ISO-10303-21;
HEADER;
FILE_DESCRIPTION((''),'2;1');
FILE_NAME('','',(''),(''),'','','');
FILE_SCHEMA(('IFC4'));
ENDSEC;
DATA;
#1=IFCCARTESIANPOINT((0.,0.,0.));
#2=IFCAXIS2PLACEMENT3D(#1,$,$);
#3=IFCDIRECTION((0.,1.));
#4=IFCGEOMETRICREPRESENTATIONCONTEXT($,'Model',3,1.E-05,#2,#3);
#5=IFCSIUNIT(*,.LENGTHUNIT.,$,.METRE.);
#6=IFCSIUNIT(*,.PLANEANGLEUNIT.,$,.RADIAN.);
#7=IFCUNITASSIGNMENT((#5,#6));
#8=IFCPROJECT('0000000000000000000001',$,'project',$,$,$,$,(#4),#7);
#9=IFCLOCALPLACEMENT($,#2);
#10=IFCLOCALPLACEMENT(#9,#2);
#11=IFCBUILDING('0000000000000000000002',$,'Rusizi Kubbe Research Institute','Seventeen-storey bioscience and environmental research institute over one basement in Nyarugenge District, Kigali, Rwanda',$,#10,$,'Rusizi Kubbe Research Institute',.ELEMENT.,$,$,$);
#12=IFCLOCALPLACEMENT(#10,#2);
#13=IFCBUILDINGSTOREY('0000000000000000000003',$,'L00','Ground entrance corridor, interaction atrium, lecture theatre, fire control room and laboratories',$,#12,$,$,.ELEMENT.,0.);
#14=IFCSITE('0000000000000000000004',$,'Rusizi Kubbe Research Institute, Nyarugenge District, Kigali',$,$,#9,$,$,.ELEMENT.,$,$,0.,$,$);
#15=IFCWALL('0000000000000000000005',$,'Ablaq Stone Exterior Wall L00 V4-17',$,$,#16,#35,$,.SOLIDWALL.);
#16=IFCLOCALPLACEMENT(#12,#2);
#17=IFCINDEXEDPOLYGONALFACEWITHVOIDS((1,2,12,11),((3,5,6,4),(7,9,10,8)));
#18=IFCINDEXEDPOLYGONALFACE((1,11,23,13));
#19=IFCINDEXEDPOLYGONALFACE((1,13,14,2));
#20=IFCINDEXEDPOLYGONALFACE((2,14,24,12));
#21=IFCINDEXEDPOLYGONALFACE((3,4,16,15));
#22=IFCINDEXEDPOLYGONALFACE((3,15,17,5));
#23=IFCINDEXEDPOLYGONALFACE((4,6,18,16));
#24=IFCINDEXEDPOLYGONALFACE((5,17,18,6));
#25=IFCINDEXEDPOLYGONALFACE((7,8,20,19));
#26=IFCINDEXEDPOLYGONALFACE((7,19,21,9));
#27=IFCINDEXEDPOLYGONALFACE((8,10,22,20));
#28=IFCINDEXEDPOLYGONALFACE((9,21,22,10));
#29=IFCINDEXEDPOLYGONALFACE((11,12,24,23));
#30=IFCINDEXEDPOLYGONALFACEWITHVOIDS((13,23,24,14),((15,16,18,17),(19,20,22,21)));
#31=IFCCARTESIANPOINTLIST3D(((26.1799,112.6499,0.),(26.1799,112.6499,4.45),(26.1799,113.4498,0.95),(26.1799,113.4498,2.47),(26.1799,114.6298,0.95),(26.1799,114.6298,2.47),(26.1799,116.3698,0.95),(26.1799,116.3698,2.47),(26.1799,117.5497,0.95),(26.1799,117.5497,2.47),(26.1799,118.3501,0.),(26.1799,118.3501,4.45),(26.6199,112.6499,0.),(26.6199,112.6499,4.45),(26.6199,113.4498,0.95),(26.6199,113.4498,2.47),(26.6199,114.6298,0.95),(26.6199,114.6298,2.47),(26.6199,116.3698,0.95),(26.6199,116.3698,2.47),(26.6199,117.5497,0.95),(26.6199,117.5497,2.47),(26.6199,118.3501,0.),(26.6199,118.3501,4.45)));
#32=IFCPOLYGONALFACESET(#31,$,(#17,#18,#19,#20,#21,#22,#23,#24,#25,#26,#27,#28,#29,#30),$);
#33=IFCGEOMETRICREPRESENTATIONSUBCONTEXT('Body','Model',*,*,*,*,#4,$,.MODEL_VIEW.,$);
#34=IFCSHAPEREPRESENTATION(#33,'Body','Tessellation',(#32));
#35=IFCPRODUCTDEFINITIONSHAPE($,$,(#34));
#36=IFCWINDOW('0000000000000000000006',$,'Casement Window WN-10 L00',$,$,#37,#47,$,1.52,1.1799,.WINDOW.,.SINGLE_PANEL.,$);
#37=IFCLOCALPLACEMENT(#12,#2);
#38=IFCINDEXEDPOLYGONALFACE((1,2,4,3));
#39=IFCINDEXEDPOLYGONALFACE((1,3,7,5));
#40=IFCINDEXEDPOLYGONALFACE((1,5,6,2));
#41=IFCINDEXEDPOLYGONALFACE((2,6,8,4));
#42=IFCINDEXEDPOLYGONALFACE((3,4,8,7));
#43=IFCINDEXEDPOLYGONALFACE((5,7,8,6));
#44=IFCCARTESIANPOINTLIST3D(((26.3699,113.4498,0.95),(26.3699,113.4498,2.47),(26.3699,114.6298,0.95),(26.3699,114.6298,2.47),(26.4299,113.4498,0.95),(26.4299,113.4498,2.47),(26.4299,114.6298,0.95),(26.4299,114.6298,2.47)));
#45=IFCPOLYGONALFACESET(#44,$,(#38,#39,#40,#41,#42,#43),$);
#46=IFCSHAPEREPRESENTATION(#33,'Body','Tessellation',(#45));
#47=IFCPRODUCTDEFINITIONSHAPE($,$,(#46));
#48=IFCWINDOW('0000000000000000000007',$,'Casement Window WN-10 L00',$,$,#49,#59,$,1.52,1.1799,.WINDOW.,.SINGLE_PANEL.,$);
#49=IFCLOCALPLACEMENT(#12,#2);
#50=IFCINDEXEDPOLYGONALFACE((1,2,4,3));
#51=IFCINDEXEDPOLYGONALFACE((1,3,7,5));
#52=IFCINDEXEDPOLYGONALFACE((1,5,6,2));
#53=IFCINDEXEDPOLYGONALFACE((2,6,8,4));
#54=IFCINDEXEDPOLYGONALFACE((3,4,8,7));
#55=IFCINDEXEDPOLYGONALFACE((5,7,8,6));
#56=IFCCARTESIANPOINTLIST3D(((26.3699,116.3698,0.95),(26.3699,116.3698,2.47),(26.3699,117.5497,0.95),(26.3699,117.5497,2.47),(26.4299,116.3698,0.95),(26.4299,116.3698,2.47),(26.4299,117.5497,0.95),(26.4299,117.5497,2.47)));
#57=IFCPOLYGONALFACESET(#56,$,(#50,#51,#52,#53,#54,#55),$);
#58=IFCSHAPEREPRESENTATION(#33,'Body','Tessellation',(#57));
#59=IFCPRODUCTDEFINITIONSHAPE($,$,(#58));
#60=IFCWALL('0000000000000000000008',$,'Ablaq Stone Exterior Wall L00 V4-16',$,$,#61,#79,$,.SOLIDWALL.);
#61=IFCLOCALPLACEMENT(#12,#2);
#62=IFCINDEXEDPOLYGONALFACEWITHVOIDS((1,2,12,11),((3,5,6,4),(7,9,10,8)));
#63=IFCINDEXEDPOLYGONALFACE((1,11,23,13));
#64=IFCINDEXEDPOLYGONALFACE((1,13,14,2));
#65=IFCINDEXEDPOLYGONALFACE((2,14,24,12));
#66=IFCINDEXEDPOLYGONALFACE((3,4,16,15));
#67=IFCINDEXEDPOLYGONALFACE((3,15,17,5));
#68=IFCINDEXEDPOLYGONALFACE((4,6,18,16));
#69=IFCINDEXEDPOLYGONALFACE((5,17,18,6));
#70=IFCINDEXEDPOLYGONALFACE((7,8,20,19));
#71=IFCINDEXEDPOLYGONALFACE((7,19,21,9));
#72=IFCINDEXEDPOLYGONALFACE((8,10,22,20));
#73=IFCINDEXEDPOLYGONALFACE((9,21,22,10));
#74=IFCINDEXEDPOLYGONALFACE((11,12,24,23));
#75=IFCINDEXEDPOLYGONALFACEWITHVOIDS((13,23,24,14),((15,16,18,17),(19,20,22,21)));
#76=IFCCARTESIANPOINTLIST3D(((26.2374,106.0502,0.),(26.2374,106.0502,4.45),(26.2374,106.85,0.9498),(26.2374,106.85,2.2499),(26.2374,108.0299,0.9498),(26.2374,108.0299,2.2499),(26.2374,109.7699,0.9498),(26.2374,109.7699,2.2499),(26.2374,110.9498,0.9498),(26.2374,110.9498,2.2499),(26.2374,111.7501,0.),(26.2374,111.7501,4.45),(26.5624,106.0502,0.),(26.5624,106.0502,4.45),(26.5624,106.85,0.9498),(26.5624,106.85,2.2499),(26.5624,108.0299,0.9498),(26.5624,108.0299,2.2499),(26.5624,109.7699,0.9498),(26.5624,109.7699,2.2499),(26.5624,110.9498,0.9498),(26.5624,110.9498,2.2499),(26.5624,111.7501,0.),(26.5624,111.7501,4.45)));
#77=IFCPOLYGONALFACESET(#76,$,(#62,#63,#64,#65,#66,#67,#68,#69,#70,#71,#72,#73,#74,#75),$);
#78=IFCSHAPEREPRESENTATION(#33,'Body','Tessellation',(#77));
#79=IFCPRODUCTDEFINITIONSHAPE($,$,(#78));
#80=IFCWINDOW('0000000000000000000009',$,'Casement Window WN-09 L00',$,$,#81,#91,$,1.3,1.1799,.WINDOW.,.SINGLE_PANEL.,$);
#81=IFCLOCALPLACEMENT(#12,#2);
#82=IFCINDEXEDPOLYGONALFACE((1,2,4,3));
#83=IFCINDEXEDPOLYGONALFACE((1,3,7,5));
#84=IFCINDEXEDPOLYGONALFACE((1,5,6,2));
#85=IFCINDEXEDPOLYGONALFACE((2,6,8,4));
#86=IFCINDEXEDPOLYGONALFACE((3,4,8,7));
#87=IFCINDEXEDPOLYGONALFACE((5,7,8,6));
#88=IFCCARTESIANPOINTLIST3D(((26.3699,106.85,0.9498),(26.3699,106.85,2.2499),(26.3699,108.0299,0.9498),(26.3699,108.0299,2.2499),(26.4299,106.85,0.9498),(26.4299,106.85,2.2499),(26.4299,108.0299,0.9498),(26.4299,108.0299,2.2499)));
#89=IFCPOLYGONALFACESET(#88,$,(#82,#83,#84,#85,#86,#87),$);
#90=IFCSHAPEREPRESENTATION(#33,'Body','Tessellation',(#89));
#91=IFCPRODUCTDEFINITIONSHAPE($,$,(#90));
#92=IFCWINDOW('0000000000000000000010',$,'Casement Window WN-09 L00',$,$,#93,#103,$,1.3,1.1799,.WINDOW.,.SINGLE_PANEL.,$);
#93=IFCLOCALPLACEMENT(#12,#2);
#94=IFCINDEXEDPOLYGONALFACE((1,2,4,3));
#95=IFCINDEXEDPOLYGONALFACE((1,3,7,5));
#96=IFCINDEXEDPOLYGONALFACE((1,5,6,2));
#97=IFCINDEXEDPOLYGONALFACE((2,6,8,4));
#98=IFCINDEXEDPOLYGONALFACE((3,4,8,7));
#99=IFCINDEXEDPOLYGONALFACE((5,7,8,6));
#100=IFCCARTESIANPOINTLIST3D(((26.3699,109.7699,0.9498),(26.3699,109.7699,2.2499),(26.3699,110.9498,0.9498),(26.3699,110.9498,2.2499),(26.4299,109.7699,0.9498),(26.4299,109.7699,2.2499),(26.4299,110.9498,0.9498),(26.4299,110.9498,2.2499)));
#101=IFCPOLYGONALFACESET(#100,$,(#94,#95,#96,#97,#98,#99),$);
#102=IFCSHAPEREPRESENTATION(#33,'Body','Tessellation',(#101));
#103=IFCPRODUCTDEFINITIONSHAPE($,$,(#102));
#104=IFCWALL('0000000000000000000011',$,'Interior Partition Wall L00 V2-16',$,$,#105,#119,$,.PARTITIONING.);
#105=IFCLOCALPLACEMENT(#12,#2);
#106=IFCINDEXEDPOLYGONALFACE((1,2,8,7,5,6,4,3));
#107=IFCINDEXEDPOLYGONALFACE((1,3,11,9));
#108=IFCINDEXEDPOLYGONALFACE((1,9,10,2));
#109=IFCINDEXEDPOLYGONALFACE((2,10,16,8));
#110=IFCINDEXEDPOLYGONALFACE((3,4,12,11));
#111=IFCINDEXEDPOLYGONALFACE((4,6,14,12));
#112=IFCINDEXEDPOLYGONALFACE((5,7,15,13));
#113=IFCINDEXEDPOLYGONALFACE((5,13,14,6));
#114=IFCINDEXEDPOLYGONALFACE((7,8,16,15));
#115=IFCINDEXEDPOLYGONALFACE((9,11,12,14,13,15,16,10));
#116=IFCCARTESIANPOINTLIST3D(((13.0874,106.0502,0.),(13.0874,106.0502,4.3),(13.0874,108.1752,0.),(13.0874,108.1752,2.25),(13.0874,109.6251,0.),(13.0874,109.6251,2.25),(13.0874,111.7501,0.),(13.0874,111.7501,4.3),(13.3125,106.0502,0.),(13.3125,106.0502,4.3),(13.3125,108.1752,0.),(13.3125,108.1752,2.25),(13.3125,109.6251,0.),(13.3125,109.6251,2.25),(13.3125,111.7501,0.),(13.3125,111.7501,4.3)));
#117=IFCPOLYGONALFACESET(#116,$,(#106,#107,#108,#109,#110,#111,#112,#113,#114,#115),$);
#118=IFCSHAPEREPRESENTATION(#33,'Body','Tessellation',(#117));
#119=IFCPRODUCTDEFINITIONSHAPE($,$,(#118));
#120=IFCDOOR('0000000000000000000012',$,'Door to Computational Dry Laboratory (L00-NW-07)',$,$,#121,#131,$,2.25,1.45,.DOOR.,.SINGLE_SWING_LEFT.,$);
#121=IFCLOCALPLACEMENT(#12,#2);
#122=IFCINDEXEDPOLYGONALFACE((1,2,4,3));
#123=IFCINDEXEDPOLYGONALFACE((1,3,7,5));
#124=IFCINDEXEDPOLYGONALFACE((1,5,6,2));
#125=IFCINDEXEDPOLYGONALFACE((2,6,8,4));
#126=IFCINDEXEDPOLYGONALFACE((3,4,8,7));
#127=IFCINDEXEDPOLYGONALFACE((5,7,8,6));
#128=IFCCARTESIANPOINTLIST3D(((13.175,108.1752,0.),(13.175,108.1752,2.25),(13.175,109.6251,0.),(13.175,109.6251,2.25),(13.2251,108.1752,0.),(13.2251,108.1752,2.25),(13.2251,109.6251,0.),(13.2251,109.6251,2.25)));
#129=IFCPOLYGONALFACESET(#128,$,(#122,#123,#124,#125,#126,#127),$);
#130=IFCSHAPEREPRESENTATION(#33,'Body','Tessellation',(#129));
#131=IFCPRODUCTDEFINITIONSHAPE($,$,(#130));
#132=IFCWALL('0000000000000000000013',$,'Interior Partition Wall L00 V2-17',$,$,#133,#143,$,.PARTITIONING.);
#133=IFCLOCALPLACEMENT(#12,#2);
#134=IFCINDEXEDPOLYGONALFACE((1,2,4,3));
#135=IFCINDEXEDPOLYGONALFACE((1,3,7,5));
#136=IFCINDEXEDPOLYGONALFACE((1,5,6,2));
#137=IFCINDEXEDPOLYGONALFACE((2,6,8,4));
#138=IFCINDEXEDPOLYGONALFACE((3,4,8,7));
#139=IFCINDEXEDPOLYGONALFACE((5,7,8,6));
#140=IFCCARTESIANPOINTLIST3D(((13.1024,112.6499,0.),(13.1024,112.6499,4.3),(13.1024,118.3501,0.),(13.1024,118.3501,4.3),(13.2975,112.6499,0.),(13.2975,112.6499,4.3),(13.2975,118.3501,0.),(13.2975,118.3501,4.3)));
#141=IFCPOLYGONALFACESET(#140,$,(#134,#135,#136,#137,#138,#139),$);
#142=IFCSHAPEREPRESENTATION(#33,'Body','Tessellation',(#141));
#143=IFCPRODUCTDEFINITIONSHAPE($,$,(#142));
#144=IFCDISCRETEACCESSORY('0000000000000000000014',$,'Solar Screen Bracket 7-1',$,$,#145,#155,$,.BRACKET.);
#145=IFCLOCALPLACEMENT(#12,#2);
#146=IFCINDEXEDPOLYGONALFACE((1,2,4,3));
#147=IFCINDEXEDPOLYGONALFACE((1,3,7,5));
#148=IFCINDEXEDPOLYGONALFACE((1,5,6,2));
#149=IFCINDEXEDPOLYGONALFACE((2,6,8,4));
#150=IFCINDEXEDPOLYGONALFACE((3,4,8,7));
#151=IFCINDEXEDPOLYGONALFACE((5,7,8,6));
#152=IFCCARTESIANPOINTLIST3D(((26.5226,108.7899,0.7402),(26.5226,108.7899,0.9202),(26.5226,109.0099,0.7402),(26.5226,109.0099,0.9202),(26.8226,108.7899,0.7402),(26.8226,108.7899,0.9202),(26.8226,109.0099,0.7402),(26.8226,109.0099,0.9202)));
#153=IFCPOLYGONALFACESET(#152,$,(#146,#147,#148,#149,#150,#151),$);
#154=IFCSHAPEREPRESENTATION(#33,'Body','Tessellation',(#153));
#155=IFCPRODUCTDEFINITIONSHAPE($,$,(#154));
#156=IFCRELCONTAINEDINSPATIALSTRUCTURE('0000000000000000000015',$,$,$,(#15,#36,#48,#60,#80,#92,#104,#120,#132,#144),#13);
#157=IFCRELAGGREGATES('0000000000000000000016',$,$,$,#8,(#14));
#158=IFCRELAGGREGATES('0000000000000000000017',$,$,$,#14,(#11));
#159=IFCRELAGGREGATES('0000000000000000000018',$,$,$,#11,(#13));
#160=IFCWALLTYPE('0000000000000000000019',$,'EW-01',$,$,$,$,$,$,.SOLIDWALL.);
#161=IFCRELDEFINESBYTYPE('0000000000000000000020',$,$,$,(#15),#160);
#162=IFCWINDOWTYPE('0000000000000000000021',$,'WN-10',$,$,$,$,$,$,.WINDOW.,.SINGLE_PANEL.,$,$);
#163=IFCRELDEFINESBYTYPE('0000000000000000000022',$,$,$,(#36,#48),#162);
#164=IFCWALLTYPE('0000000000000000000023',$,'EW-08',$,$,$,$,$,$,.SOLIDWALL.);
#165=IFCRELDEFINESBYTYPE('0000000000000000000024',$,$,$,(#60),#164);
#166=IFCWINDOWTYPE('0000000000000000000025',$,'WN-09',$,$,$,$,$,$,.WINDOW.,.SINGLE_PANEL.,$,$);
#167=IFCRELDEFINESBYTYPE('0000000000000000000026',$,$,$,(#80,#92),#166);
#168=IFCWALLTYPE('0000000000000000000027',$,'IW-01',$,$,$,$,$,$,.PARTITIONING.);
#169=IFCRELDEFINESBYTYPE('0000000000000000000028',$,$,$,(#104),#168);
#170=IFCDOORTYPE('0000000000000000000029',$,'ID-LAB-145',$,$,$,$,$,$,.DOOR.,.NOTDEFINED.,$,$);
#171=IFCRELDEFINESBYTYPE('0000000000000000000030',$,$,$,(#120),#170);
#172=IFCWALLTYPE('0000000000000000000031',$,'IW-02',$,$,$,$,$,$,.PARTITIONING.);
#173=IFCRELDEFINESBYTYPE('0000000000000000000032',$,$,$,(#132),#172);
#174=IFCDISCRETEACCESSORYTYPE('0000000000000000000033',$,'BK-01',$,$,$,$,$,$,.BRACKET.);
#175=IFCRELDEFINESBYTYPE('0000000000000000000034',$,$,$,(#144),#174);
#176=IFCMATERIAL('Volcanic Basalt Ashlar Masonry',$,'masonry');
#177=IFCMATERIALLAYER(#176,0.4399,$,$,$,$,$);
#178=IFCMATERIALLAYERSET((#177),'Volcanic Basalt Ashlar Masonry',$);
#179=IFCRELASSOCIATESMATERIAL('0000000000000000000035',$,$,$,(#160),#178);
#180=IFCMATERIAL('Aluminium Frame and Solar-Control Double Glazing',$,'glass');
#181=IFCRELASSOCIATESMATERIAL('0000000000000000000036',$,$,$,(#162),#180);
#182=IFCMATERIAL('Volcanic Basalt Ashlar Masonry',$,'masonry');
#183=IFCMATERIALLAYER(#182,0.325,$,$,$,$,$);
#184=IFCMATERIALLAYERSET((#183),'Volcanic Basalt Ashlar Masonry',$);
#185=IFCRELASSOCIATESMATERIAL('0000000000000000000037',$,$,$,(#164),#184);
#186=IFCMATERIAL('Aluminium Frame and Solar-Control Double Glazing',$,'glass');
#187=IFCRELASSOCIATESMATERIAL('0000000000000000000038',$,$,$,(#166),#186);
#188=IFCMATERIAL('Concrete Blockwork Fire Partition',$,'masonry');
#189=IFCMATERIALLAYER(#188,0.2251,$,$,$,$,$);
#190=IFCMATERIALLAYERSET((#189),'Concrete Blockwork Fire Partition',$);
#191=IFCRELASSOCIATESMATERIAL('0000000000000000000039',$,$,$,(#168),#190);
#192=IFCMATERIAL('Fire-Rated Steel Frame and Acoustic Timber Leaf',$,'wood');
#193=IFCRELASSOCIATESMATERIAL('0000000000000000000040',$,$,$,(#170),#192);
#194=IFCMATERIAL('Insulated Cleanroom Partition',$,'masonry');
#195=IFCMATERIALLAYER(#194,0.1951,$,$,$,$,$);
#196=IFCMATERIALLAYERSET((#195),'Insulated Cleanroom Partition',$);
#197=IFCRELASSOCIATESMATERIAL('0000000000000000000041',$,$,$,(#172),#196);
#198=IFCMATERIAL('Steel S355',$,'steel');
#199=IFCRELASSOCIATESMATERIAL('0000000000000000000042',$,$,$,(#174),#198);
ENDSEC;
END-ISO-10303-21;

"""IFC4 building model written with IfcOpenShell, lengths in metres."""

from ifc_helpers import new_model, si_unit, direction, frame, frame_2d, origin, origin_2d, place, context, subcontext, project, spatial, rectangle, extrude, material, layer, layer_set, type_object, element, fill, save


model = new_model("IFC4")

# Units and contexts
model_context = context("Model", 3, precision=1e-05, world=origin(), true_north=direction((0.0, 1.0)))
body_context = subcontext(model_context, "Body", "Model", "MODEL_VIEW")
ifc_project = project(units=[si_unit("LENGTHUNIT", "METRE"), si_unit("PLANEANGLEUNIT", "RADIAN")], contexts=[model_context])

# Site, building, storey
site_placement = place(None, origin())
site = spatial("IfcSite", under=ifc_project, at=site_placement, Name="Rusizi Kubbe Research Institute, Nyarugenge District, Kigali", CompositionType="ELEMENT", RefElevation=0.0)
building_placement = place(site_placement, origin())
building = spatial("IfcBuilding", under=site, at=building_placement, Name="Rusizi Kubbe Research Institute", Description="Seventeen-storey bioscience and environmental research institute over one basement in Nyarugenge District, Kigali, Rwanda", LongName="Rusizi Kubbe Research Institute", CompositionType="ELEMENT")
storey_placement = place(building_placement, origin())
storey = spatial("IfcBuildingStorey", under=building, at=storey_placement, Name="L00", Description="Ground entrance corridor, interaction atrium, lecture theatre, fire control room and laboratories", CompositionType="ELEMENT", Elevation=0.0)

# Walls, openings, windows
ifc_material_1 = material(Name="Volcanic Basalt Ashlar Masonry", Category="masonry")
ifc_layer_1 = layer(ifc_material_1, 0.4399)
ifc_layer_set_1 = layer_set([ifc_layer_1], Name="Volcanic Basalt Ashlar Masonry")
wall_type_1 = type_object("IfcWallType", Name="EW-01", PredefinedType="SOLIDWALL", material=ifc_layer_set_1)
wall_1_placement = place(storey_placement, frame((26.3999, 112.6499, 0.0), z_axis=(0.0, 0.0, 1.0), x_axis=(0.0, 1.0, 0.0)))
wall_1 = element("IfcWall", 1, at=wall_1_placement, inside=storey, type_object=wall_type_1, Name="Ablaq Stone Exterior Wall L00 V4-17", PredefinedType="SOLIDWALL", context=body_context, shape_type="SweptSolid", body=[
    extrude(rectangle(XDim=5.7002, YDim=0.4399, at=frame_2d((2.8501, 0.0))), origin(), (0.0, 0.0, 1.0), 4.45),
])
opening_1_placement = place(wall_1_placement, frame((0.8, 0.0, 0.95)))
opening_1 = element("IfcOpeningElement", 2, at=opening_1_placement, cuts=wall_1, PredefinedType="OPENING", context=body_context, shape_type="SweptSolid", body=[
    extrude(rectangle(XDim=1.1799, YDim=1.52, at=frame_2d((0.5898, 0.76))), frame((0.0, 0.23, 0.0), z_axis=(0.0, -1.0, 0.0), x_axis=(1.0, 0.0, 0.0)), (0.0, 0.0, 1.0), 0.46),
])
opening_2_placement = place(wall_1_placement, frame((3.72, 0.0, 0.95)))
opening_2 = element("IfcOpeningElement", 3, at=opening_2_placement, cuts=wall_1, PredefinedType="OPENING", context=body_context, shape_type="SweptSolid", body=[
    extrude(rectangle(XDim=1.1799, YDim=1.52, at=frame_2d((0.5898, 0.76))), frame((0.0, 0.23, 0.0), z_axis=(0.0, -1.0, 0.0), x_axis=(1.0, 0.0, 0.0)), (0.0, 0.0, 1.0), 0.46),
])
ifc_material_2 = material(Name="Aluminium Frame and Solar-Control Double Glazing", Category="glass")
window_type_1 = type_object("IfcWindowType", Name="WN-10", PartitioningType="SINGLE_PANEL", PredefinedType="WINDOW", material=ifc_material_2)
window_1_placement = place(opening_1_placement, origin())
window_1 = element("IfcWindow", 4, at=window_1_placement, inside=storey, type_object=window_type_1, Name="Casement Window WN-10 L00", OverallHeight=1.52, OverallWidth=1.1799, PartitioningType="SINGLE_PANEL", PredefinedType="WINDOW", context=body_context, shape_type="SweptSolid", body=[
    extrude(rectangle(XDim=1.1799, YDim=1.52, at=frame_2d((0.5898, 0.76))), frame((0.0, 0.03, 0.0), z_axis=(0.0, -1.0, 0.0), x_axis=(1.0, 0.0, 0.0)), (0.0, 0.0, 1.0), 0.0601),
])
fill(opening_1, window_1)
window_2_placement = place(opening_2_placement, origin())
window_2 = element("IfcWindow", 5, at=window_2_placement, inside=storey, type_object=window_type_1, Name="Casement Window WN-10 L00", OverallHeight=1.52, OverallWidth=1.1799, PartitioningType="SINGLE_PANEL", PredefinedType="WINDOW", context=body_context, shape_type="SweptSolid", body=[
    extrude(rectangle(XDim=1.1799, YDim=1.52, at=frame_2d((0.5898, 0.76))), frame((0.0, 0.03, 0.0), z_axis=(0.0, -1.0, 0.0), x_axis=(1.0, 0.0, 0.0)), (0.0, 0.0, 1.0), 0.0601),
])
fill(opening_2, window_2)
ifc_material_3 = material(Name="Volcanic Basalt Ashlar Masonry", Category="masonry")
ifc_layer_2 = layer(ifc_material_3, 0.325)
ifc_layer_set_2 = layer_set([ifc_layer_2], Name="Volcanic Basalt Ashlar Masonry")
wall_type_2 = type_object("IfcWallType", Name="EW-08", PredefinedType="SOLIDWALL", material=ifc_layer_set_2)
wall_2_placement = place(storey_placement, frame((26.3999, 106.05, 0.0), z_axis=(0.0, 0.0, 1.0), x_axis=(0.0, 1.0, 0.0)))
wall_2 = element("IfcWall", 6, at=wall_2_placement, inside=storey, type_object=wall_type_2, Name="Ablaq Stone Exterior Wall L00 V4-16", PredefinedType="SOLIDWALL", context=body_context, shape_type="SweptSolid", body=[
    extrude(rectangle(XDim=5.7, YDim=0.325, at=frame_2d((2.8501, 0.0))), origin(), (0.0, 0.0, 1.0), 4.45),
])
opening_3_placement = place(wall_2_placement, frame((0.8, 0.0, 0.95)))
opening_3 = element("IfcOpeningElement", 7, at=opening_3_placement, cuts=wall_2, PredefinedType="OPENING", context=body_context, shape_type="SweptSolid", body=[
    extrude(rectangle(XDim=1.1799, YDim=1.3, at=frame_2d((0.5898, 0.6499))), frame((0.0, 0.1724, 0.0), z_axis=(0.0, -1.0, 0.0), x_axis=(1.0, 0.0, 0.0)), (0.0, 0.0, 1.0), 0.345),
])
opening_4_placement = place(wall_2_placement, frame((3.72, 0.0, 0.95)))
opening_4 = element("IfcOpeningElement", 8, at=opening_4_placement, cuts=wall_2, PredefinedType="OPENING", context=body_context, shape_type="SweptSolid", body=[
    extrude(rectangle(XDim=1.1799, YDim=1.3, at=frame_2d((0.5898, 0.6499))), frame((0.0, 0.1724, 0.0), z_axis=(0.0, -1.0, 0.0), x_axis=(1.0, 0.0, 0.0)), (0.0, 0.0, 1.0), 0.345),
])
ifc_material_4 = material(Name="Aluminium Frame and Solar-Control Double Glazing", Category="glass")
window_type_2 = type_object("IfcWindowType", Name="WN-09", PartitioningType="SINGLE_PANEL", PredefinedType="WINDOW", material=ifc_material_4)
window_3_placement = place(opening_3_placement, origin())
window_3 = element("IfcWindow", 9, at=window_3_placement, inside=storey, type_object=window_type_2, Name="Casement Window WN-09 L00", OverallHeight=1.3, OverallWidth=1.1799, PartitioningType="SINGLE_PANEL", PredefinedType="WINDOW", context=body_context, shape_type="SweptSolid", body=[
    extrude(rectangle(XDim=1.1799, YDim=1.3, at=frame_2d((0.5898, 0.6499))), frame((0.0, 0.03, 0.0), z_axis=(0.0, -1.0, 0.0), x_axis=(1.0, 0.0, 0.0)), (0.0, 0.0, 1.0), 0.0601),
])
fill(opening_3, window_3)
window_4_placement = place(opening_4_placement, origin())
window_4 = element("IfcWindow", 10, at=window_4_placement, inside=storey, type_object=window_type_2, Name="Casement Window WN-09 L00", OverallHeight=1.3, OverallWidth=1.1799, PartitioningType="SINGLE_PANEL", PredefinedType="WINDOW", context=body_context, shape_type="SweptSolid", body=[
    extrude(rectangle(XDim=1.1799, YDim=1.3, at=frame_2d((0.5898, 0.6499))), frame((0.0, 0.03, 0.0), z_axis=(0.0, -1.0, 0.0), x_axis=(1.0, 0.0, 0.0)), (0.0, 0.0, 1.0), 0.0601),
])
fill(opening_4, window_4)

# Wall, opening, door
ifc_material_5 = material(Name="Concrete Blockwork Fire Partition", Category="masonry")
ifc_layer_3 = layer(ifc_material_5, 0.2251)
ifc_layer_set_3 = layer_set([ifc_layer_3], Name="Concrete Blockwork Fire Partition")
wall_type_3 = type_object("IfcWallType", Name="IW-01", PredefinedType="PARTITIONING", material=ifc_layer_set_3)
wall_3_placement = place(storey_placement, frame((13.2, 106.05, 0.0), z_axis=(0.0, 0.0, 1.0), x_axis=(0.0, 1.0, 0.0)))
wall_3 = element("IfcWall", 11, at=wall_3_placement, inside=storey, type_object=wall_type_3, Name="Interior Partition Wall L00 V2-16", PredefinedType="PARTITIONING", context=body_context, shape_type="SweptSolid", body=[
    extrude(rectangle(XDim=5.7, YDim=0.2251, at=frame_2d((2.8501, 0.0))), origin(), (0.0, 0.0, 1.0), 4.3),
])
opening_5_placement = place(wall_3_placement, frame((2.125, 0.0, 0.0)))
opening_5 = element("IfcOpeningElement", 12, at=opening_5_placement, cuts=wall_3, PredefinedType="OPENING", context=body_context, shape_type="SweptSolid", body=[
    extrude(rectangle(XDim=1.45, YDim=2.25, at=frame_2d((0.7251, 1.125))), frame((0.0, 0.1226, 0.0), z_axis=(0.0, -1.0, 0.0), x_axis=(1.0, 0.0, 0.0)), (0.0, 0.0, 1.0), 0.2451),
])
ifc_material_6 = material(Name="Fire-Rated Steel Frame and Acoustic Timber Leaf", Category="wood")
door_type = type_object("IfcDoorType", Name="ID-LAB-145", OperationType="NOTDEFINED", PredefinedType="DOOR", material=ifc_material_6)
door_placement = place(opening_5_placement, origin())
door = element("IfcDoor", 13, at=door_placement, inside=storey, type_object=door_type, Name="Door to Computational Dry Laboratory (L00-NW-07)", OperationType="SINGLE_SWING_LEFT", OverallHeight=2.25, OverallWidth=1.45, PredefinedType="DOOR", context=body_context, shape_type="SweptSolid", body=[
    extrude(rectangle(XDim=1.45, YDim=2.25, at=frame_2d((0.7251, 1.125))), frame((0.0, 0.0249, 0.0), z_axis=(0.0, -1.0, 0.0), x_axis=(1.0, 0.0, 0.0)), (0.0, 0.0, 1.0), 0.05),
])
fill(opening_5, door)

# Wall
ifc_material_7 = material(Name="Insulated Cleanroom Partition", Category="masonry")
ifc_layer_4 = layer(ifc_material_7, 0.1951)
ifc_layer_set_4 = layer_set([ifc_layer_4], Name="Insulated Cleanroom Partition")
wall_type_4 = type_object("IfcWallType", Name="IW-02", PredefinedType="PARTITIONING", material=ifc_layer_set_4)
wall_4_placement = place(storey_placement, frame((13.2, 112.6499, 0.0), z_axis=(0.0, 0.0, 1.0), x_axis=(0.0, 1.0, 0.0)))
element("IfcWall", 14, at=wall_4_placement, inside=storey, type_object=wall_type_4, Name="Interior Partition Wall L00 V2-17", PredefinedType="PARTITIONING", context=body_context, shape_type="SweptSolid", body=[
    extrude(rectangle(XDim=5.7002, YDim=0.1951, at=frame_2d((2.8501, 0.0))), origin(), (0.0, 0.0, 1.0), 4.3),
])

# Discrete accessory
ifc_material_8 = material(Name="Steel S355", Category="steel")
discrete_accessory_type = type_object("IfcDiscreteAccessoryType", Name="BK-01", PredefinedType="BRACKET", material=ifc_material_8)
for number, where, z_axis, x_axis, name in (
    (15, (26.6726, 108.8999, 0.7402), (0.0, 0.0, 1.0), (1.0, 0.0, 0.0), "Solar Screen Bracket 7-1"),
):
    element("IfcDiscreteAccessory", number, at=place(storey_placement, frame(where, z_axis=z_axis, x_axis=x_axis)), inside=storey, type_object=discrete_accessory_type, Name=name, PredefinedType="BRACKET", context=body_context, shape_type="SweptSolid", body=[
        extrude(rectangle(XDim=0.3, YDim=0.22, at=origin_2d()), origin(), (0.0, 0.0, 1.0), 0.1799),
    ])

save(model, "model.ifc")
